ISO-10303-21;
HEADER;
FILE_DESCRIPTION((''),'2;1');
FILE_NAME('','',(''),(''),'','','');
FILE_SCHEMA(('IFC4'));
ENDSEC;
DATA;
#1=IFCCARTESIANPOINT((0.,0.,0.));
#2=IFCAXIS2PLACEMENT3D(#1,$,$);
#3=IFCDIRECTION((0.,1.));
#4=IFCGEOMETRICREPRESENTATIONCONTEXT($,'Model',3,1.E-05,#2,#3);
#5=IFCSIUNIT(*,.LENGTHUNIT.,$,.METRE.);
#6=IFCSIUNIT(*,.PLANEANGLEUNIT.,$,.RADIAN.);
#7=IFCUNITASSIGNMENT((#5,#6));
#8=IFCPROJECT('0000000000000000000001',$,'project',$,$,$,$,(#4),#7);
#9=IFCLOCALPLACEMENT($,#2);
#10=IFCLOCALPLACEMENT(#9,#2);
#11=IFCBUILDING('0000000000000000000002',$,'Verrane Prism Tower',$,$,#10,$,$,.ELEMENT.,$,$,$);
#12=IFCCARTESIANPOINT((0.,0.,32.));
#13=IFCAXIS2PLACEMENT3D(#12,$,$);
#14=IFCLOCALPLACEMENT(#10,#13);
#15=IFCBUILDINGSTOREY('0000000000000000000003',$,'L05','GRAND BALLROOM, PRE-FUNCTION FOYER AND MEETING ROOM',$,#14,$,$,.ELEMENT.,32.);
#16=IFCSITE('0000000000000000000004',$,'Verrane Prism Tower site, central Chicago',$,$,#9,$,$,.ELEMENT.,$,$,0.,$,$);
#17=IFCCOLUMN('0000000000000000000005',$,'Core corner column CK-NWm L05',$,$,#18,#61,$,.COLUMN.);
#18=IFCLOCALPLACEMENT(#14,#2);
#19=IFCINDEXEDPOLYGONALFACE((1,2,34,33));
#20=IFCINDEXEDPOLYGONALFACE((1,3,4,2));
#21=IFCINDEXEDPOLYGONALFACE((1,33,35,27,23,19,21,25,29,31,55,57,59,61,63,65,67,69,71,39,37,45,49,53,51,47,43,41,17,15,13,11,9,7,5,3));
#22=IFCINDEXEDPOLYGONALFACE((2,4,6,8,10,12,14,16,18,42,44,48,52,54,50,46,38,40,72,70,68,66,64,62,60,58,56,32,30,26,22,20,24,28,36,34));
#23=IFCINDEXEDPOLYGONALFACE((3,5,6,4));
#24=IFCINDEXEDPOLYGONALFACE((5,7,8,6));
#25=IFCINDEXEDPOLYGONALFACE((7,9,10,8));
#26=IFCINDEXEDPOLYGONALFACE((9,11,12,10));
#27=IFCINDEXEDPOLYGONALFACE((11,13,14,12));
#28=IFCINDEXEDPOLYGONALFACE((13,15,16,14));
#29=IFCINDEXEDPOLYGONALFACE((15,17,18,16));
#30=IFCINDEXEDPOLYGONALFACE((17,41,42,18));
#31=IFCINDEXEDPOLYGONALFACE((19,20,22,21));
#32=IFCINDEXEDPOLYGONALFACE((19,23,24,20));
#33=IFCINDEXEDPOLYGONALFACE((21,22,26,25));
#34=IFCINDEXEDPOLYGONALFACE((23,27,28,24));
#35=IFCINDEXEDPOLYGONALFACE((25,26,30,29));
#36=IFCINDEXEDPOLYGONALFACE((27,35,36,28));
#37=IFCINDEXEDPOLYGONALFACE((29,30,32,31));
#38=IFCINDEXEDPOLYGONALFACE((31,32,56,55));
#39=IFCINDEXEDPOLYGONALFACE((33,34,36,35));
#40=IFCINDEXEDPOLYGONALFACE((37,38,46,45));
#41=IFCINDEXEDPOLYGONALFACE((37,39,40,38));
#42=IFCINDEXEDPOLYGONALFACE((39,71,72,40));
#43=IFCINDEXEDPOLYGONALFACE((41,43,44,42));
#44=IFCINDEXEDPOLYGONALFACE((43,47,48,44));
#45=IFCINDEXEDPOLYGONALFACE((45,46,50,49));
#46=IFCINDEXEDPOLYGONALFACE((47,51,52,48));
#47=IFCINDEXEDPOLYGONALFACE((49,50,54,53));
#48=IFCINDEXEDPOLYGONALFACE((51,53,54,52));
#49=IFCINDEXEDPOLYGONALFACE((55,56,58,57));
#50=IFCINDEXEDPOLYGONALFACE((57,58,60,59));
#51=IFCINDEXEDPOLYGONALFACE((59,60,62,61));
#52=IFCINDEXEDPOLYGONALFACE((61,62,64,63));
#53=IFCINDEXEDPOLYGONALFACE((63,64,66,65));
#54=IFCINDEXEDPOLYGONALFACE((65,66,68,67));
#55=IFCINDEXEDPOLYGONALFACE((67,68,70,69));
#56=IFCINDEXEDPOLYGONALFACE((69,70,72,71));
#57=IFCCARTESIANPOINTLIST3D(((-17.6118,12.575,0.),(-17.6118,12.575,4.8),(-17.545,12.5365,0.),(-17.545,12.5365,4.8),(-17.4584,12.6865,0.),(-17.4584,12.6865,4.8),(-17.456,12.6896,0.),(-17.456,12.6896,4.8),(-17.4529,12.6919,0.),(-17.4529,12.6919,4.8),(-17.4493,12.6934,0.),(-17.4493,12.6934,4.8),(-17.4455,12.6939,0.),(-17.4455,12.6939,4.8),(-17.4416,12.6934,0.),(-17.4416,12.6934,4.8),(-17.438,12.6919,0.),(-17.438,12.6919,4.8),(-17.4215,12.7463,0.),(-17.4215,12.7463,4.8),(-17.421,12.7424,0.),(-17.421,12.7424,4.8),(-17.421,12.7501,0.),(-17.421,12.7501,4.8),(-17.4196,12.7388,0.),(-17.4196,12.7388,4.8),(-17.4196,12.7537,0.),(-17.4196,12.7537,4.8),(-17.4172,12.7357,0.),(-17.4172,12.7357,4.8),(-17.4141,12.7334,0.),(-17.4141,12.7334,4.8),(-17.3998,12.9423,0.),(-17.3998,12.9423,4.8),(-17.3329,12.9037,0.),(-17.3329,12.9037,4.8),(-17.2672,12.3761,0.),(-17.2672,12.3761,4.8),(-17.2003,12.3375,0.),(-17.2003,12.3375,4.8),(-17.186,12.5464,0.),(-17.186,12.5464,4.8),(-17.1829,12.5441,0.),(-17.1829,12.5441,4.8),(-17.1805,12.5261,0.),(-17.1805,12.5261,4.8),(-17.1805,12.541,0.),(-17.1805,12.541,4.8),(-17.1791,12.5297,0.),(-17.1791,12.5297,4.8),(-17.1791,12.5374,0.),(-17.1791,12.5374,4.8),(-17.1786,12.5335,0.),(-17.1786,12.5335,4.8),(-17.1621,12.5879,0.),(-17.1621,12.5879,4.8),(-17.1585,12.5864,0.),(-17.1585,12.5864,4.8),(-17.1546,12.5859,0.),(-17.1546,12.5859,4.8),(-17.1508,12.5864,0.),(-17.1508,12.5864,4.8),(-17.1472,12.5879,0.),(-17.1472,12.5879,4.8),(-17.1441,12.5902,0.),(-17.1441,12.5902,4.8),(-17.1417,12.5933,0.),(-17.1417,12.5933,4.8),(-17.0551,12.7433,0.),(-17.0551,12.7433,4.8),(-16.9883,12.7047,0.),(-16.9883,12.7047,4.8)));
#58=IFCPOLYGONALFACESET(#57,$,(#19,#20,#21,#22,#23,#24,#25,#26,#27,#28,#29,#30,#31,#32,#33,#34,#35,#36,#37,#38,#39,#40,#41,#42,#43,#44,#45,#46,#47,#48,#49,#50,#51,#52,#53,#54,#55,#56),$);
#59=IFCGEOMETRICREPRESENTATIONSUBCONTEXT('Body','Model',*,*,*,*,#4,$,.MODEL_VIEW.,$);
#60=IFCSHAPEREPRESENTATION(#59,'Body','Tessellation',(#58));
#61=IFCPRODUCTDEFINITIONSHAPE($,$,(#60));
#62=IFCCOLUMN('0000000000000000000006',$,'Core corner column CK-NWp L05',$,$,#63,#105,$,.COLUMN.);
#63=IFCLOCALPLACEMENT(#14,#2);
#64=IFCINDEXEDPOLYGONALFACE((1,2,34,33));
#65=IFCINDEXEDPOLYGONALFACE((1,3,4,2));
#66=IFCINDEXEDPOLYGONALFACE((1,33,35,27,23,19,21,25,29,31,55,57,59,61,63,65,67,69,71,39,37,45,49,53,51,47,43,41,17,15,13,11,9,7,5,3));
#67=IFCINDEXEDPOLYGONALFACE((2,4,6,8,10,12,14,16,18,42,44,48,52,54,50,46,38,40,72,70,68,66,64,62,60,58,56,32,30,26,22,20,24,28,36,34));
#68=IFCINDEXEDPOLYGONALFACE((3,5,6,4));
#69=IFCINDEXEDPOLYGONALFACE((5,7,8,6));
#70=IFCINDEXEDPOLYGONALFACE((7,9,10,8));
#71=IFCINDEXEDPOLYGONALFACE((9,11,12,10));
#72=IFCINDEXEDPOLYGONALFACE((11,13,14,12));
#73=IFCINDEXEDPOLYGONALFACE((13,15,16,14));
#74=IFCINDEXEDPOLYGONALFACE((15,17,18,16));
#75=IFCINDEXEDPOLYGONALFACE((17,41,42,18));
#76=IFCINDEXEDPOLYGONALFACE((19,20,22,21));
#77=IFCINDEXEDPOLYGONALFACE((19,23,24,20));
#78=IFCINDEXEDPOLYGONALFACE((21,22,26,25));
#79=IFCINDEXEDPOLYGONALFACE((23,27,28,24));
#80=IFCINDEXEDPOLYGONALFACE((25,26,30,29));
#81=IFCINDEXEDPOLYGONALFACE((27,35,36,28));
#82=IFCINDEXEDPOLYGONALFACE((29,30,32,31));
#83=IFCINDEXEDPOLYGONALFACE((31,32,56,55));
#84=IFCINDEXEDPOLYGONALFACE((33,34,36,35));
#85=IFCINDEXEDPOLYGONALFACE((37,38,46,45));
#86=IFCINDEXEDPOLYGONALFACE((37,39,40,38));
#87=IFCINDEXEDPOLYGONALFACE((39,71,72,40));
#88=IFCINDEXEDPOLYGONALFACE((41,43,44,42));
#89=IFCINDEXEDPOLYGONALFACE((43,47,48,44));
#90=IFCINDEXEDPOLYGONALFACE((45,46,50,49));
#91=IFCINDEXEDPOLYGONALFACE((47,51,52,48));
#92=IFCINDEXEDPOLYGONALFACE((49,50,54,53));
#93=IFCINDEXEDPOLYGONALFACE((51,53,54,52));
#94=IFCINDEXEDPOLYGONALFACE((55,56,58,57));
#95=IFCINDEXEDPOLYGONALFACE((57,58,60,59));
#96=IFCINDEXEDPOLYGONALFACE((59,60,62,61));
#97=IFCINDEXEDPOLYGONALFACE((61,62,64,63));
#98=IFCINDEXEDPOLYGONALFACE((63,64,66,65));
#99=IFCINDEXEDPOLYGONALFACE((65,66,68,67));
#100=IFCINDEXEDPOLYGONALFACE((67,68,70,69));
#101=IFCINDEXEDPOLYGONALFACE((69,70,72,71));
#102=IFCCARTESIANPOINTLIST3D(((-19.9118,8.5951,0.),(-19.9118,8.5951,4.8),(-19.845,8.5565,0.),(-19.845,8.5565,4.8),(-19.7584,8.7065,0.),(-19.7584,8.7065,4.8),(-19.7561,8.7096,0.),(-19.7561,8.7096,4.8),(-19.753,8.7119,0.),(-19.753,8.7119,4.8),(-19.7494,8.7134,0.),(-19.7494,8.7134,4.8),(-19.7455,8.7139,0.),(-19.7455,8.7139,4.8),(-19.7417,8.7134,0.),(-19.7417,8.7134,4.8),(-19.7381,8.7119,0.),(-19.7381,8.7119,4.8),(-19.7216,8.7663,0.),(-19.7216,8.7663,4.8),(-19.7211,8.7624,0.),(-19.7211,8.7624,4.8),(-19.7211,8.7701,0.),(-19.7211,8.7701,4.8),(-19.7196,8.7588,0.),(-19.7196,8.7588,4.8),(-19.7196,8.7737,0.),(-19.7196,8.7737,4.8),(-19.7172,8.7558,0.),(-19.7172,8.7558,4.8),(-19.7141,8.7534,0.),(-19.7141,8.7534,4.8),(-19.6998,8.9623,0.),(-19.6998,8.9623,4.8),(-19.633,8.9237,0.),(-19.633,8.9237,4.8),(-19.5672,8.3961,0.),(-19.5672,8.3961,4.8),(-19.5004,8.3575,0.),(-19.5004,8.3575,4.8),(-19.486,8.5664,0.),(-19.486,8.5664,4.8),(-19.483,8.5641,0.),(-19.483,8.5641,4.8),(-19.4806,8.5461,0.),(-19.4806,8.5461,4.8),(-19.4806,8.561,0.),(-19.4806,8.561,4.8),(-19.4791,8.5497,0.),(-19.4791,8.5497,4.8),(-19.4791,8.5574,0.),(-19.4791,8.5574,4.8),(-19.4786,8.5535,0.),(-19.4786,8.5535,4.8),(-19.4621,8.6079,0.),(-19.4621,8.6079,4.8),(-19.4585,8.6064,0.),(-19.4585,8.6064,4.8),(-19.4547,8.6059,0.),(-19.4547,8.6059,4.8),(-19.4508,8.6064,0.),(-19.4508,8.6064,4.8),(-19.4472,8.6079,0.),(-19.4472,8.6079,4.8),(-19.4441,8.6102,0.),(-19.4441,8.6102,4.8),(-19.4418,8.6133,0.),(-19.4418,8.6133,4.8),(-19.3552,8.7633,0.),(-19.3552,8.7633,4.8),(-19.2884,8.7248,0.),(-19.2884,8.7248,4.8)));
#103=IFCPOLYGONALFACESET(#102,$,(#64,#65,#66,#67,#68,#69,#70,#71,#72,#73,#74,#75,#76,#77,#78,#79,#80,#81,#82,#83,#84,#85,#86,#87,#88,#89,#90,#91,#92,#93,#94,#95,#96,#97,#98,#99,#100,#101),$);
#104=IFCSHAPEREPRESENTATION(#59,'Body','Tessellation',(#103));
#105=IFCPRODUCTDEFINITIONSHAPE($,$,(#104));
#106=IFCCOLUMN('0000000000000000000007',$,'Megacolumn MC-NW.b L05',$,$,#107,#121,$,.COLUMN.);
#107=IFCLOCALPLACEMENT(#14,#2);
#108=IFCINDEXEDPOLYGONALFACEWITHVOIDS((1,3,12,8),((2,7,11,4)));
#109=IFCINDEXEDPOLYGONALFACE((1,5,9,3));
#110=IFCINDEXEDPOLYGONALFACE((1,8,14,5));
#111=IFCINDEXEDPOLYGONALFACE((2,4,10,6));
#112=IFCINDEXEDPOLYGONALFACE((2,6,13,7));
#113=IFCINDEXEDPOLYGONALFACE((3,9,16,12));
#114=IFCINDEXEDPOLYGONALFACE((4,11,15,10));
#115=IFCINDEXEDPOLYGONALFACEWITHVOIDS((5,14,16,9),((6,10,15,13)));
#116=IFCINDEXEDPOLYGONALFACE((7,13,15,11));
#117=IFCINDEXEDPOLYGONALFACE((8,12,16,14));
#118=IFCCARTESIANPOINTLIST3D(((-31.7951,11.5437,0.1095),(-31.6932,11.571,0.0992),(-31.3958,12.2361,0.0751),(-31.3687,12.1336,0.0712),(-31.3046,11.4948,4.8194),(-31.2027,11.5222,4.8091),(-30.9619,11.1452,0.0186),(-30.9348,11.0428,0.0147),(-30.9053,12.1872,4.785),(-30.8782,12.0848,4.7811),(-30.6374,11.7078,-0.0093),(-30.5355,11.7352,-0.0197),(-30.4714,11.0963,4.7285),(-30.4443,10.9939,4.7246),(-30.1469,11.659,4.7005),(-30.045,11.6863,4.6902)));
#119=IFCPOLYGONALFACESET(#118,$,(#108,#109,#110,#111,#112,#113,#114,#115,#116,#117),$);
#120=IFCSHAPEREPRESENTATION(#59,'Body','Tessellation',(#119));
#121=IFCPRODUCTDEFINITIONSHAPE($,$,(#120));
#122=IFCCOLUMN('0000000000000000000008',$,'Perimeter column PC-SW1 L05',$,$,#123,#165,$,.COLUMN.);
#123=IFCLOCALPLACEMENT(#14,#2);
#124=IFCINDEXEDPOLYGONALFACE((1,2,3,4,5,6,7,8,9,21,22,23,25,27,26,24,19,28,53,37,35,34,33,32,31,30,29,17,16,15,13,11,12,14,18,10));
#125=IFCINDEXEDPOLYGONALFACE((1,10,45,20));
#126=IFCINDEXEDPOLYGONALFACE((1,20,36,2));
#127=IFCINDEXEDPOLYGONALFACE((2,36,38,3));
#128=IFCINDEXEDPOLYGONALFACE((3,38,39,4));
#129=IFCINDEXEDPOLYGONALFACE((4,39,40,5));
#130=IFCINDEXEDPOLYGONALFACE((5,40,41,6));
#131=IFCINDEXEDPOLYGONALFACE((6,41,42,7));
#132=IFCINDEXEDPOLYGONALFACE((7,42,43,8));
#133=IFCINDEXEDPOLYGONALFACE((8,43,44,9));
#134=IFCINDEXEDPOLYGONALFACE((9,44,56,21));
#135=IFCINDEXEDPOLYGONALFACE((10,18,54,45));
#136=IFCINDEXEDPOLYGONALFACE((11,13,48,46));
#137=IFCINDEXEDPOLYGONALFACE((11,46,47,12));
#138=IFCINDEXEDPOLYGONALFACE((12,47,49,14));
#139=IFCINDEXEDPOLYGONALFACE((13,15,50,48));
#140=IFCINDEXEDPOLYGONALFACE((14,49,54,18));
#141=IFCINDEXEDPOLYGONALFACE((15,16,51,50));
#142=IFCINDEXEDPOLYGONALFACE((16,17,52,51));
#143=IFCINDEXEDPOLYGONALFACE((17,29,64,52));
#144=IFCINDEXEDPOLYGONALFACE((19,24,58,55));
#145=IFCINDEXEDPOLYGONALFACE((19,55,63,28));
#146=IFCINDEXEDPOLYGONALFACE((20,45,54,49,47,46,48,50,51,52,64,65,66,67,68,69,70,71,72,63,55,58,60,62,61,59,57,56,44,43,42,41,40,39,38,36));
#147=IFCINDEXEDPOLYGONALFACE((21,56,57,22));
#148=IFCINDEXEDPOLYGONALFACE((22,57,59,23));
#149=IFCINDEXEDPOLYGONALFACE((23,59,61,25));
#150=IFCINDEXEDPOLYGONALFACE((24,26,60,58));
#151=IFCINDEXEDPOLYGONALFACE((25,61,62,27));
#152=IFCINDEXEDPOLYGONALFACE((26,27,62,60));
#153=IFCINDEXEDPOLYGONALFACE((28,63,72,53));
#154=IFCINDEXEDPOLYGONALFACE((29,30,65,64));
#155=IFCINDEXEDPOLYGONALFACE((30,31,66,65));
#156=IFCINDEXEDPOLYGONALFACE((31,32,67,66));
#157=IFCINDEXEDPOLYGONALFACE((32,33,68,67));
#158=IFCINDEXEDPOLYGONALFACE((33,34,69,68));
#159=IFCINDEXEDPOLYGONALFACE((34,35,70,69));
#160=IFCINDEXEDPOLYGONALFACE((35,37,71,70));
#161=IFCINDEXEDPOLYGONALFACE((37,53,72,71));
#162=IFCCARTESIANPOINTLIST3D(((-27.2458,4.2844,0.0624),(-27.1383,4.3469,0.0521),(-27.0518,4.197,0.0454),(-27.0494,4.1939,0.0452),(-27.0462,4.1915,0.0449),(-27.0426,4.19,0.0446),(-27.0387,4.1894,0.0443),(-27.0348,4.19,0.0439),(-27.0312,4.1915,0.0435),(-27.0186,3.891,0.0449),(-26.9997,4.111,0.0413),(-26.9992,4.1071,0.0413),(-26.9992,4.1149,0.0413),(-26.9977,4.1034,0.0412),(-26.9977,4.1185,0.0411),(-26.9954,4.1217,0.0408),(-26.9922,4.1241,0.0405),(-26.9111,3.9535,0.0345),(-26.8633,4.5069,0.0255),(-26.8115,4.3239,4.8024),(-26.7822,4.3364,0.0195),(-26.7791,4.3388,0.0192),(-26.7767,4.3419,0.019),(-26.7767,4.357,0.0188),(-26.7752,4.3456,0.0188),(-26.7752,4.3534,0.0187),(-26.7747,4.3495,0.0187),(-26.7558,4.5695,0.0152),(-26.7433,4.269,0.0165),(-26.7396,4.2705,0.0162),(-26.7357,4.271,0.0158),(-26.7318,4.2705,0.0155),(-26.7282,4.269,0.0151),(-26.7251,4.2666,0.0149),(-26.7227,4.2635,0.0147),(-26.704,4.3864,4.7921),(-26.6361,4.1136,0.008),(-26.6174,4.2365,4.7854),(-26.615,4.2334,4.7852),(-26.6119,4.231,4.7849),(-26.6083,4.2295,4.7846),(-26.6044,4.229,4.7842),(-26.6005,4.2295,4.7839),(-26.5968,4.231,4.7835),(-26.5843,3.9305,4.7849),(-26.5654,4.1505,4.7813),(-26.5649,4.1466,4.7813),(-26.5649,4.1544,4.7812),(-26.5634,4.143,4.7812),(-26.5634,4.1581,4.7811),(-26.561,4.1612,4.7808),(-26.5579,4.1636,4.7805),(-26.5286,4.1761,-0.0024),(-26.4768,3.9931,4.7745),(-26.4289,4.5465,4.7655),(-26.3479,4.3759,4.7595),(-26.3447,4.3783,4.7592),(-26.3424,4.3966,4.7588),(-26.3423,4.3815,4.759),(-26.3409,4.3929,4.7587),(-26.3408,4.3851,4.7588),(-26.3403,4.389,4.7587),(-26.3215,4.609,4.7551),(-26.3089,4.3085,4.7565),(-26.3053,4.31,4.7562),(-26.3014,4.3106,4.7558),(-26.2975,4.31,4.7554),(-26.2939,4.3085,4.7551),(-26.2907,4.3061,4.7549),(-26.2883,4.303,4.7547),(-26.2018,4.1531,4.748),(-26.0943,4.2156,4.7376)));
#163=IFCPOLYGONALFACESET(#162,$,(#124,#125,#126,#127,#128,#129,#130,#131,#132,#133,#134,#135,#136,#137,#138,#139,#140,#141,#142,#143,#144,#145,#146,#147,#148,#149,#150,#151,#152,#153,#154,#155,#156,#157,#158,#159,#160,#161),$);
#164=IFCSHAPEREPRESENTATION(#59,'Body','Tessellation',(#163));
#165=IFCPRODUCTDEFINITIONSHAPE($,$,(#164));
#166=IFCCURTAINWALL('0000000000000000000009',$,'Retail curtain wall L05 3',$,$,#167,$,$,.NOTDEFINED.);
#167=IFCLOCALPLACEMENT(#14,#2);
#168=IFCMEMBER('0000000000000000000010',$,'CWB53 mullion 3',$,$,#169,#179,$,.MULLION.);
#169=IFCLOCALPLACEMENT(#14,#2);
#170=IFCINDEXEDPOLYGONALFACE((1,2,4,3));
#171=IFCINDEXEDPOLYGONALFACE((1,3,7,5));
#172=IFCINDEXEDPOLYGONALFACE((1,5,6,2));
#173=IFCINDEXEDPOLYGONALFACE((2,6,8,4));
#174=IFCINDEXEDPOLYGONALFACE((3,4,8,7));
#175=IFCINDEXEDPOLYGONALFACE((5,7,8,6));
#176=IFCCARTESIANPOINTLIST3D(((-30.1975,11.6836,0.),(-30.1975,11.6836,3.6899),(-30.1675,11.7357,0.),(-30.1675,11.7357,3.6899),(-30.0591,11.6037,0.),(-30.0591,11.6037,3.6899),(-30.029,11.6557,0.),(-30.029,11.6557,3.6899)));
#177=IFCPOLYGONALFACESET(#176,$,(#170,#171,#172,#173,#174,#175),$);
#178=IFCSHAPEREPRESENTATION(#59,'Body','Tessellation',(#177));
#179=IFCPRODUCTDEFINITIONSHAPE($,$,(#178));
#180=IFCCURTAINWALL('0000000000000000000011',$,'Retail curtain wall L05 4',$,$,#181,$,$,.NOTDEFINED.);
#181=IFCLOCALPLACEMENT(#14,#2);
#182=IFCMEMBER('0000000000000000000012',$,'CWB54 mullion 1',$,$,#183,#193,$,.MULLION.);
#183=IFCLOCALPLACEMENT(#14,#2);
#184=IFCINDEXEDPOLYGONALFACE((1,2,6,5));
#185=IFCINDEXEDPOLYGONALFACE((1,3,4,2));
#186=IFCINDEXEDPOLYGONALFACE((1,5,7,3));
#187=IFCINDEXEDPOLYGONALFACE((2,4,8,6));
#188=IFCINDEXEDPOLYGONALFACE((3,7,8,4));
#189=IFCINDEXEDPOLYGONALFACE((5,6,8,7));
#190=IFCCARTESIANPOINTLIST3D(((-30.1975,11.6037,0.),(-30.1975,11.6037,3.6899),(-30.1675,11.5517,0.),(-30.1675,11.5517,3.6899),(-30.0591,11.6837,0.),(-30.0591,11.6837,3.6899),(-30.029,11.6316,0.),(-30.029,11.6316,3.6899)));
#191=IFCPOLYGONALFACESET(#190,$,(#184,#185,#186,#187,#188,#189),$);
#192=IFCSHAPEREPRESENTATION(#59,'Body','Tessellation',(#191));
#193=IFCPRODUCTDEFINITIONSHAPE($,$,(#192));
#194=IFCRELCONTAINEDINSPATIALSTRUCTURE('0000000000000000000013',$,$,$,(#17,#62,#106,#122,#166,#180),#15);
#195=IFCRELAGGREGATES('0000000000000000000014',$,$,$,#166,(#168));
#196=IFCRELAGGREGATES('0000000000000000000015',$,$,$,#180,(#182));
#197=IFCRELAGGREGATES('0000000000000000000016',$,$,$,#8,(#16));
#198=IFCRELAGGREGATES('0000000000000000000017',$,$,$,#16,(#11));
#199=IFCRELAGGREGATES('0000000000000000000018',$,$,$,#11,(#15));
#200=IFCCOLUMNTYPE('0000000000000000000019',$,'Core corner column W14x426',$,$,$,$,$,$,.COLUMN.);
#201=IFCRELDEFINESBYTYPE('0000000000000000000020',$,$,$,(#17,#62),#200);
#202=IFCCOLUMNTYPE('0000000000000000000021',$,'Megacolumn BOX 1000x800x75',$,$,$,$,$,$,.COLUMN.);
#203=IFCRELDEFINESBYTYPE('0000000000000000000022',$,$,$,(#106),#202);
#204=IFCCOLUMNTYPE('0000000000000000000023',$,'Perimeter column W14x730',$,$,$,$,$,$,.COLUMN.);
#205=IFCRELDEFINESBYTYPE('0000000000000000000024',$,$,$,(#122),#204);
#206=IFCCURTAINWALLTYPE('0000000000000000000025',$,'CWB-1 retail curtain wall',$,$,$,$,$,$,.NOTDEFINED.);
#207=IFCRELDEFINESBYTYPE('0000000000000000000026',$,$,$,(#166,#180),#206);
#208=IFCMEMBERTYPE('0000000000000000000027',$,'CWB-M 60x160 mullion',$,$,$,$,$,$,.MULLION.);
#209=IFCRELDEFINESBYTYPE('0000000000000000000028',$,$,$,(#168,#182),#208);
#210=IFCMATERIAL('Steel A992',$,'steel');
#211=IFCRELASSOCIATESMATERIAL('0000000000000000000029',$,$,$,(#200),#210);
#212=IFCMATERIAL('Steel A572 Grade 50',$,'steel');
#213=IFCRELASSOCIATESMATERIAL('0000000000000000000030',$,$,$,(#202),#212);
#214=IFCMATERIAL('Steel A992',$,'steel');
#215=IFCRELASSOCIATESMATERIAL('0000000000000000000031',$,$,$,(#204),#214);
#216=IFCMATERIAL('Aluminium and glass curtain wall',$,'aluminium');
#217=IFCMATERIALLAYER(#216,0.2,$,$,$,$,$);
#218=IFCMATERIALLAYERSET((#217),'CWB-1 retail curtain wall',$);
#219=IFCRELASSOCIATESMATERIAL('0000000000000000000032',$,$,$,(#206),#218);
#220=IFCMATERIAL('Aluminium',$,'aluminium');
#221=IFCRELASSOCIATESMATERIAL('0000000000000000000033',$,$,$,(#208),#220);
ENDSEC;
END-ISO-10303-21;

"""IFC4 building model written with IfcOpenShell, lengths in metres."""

from ifc_helpers import new_model, si_unit, direction, frame, origin, origin_2d, place, context, subcontext, project, spatial, rectangle, hollow_rectangle, i_section, extrude, material, layer, layer_set, material_profile, profile_set, type_object, element, aggregate, save


model = new_model("IFC4")

# Units and contexts
model_context = context("Model", 3, precision=1e-05, world=origin(), true_north=direction((0.0, 1.0)))
body_context = subcontext(model_context, "Body", "Model", "MODEL_VIEW")
ifc_project = project(units=[si_unit("LENGTHUNIT", "METRE"), si_unit("PLANEANGLEUNIT", "RADIAN")], contexts=[model_context])

# Site, building, storey
site_placement = place(None, origin())
site = spatial("IfcSite", under=ifc_project, at=site_placement, Name="Verrane Prism Tower site, central Chicago", CompositionType="ELEMENT", RefElevation=0.0)
building_placement = place(site_placement, origin())
building = spatial("IfcBuilding", under=site, at=building_placement, Name="Verrane Prism Tower", CompositionType="ELEMENT")
storey_placement = place(building_placement, frame((0.0, 0.0, 32.0)))
storey = spatial("IfcBuildingStorey", under=building, at=storey_placement, Name="L05", Description="GRAND BALLROOM, PRE-FUNCTION FOYER AND MEETING ROOM", CompositionType="ELEMENT", Elevation=32.0)

# Columns
ifc_material_1 = material(Name="Steel A992", Category="steel")
ifc_material_profile_1 = material_profile(ifc_material_1, i_section(OverallWidth=0.4241, OverallDepth=0.4751, WebThickness=0.0479, FlangeThickness=0.0771, FilletRadius=0.0149, at=origin_2d()), Name="W14x426")
ifc_profile_set_1 = profile_set([ifc_material_profile_1], Name="Steel A992")
column_type_1 = type_object("IfcColumnType", Name="Core corner column W14x426", PredefinedType="COLUMN", material=ifc_profile_set_1)
for number, where, z_axis, x_axis, name in (
    (1, (-17.3, 12.6399, 0.0), (0.0, 0.0, 1.0), (0.5, 0.866025, 0.0), "Core corner column CK-NWm L05"),
    (2, (-19.6001, 8.6599, 0.0), (0.0, 0.0, 1.0), (0.5, 0.866025, 0.0), "Core corner column CK-NWp L05"),
):
    element("IfcColumn", number, at=place(storey_placement, frame(where, z_axis=z_axis, x_axis=x_axis)), inside=storey, type_object=column_type_1, Name=name, PredefinedType="COLUMN", context=body_context, shape_type="SweptSolid", body=[
        extrude(i_section(OverallWidth=0.4241, OverallDepth=0.4751, WebThickness=0.0479, FlangeThickness=0.0771, FilletRadius=0.0149, at=origin_2d()), origin(), (0.0, 0.0, 1.0), 4.8),
    ])
ifc_material_2 = material(Name="Steel A572 Grade 50", Category="steel")
ifc_material_profile_2 = material_profile(ifc_material_2, hollow_rectangle(XDim=0.8, YDim=1.0, WallThickness=0.075, at=origin_2d()), Name="BOX 1000x800x75")
ifc_profile_set_2 = profile_set([ifc_material_profile_2], Name="Steel A572 Grade 50")
column_type_2 = type_object("IfcColumnType", Name="Megacolumn BOX 1000x800x75", PredefinedType="COLUMN", material=ifc_profile_set_2)
column_1_placement = place(storey_placement, frame((-31.1653, 11.6394, 0.0449), z_axis=(0.103571, -0.010311, 0.994569), x_axis=(0.499155, 0.865445, -0.043008)))
element("IfcColumn", 3, at=column_1_placement, inside=storey, type_object=column_type_2, Name="Megacolumn MC-NW.b L05", PredefinedType="COLUMN", context=body_context, shape_type="SweptSolid", body=[
    extrude(hollow_rectangle(XDim=0.8, YDim=1.0, WallThickness=0.075, at=origin_2d()), origin(), (0.0, 0.0, 1.0), 4.7356),
])
ifc_material_3 = material(Name="Steel A992", Category="steel")
ifc_material_profile_3 = material_profile(ifc_material_3, i_section(OverallWidth=0.4546, OverallDepth=0.5688, WebThickness=0.0779, FlangeThickness=0.1248, FilletRadius=0.0151, at=origin_2d()), Name="W14x730")
ifc_profile_set_3 = profile_set([ifc_material_profile_3], Name="Steel A992")
column_type_3 = type_object("IfcColumnType", Name="Perimeter column W14x730", PredefinedType="COLUMN", material=ifc_profile_set_3)
column_2_placement = place(storey_placement, frame((-26.8872, 4.2302, 0.03), z_axis=(0.091245, 0.008309, 0.995794), x_axis=(-0.49976, 0.865305, 0.038573)))
element("IfcColumn", 4, at=column_2_placement, inside=storey, type_object=column_type_3, Name="Perimeter column PC-SW1 L05", PredefinedType="COLUMN", context=body_context, shape_type="SweptSolid", body=[
    extrude(i_section(OverallWidth=0.4546, OverallDepth=0.5688, WebThickness=0.0779, FlangeThickness=0.1248, FilletRadius=0.0151, at=origin_2d()), origin(), (0.0, 0.0, 1.0), 4.76),
])

# Curtain wall, member
ifc_material_4 = material(Name="Aluminium and glass curtain wall", Category="aluminium")
ifc_layer_1 = layer(ifc_material_4, 0.2)
ifc_layer_set_1 = layer_set([ifc_layer_1], Name="CWB-1 retail curtain wall")
curtain_wall_type = type_object("IfcCurtainWallType", Name="CWB-1 retail curtain wall", PredefinedType="NOTDEFINED", material=ifc_layer_set_1)
curtain_wall_1_placement = place(storey_placement, origin())
curtain_wall_1 = element("IfcCurtainWall", 5, at=curtain_wall_1_placement, inside=storey, type_object=curtain_wall_type, Name="Retail curtain wall L05 3", PredefinedType="NOTDEFINED")
ifc_material_5 = material(Name="Aluminium", Category="aluminium")
ifc_material_profile_4 = material_profile(ifc_material_5, rectangle(XDim=0.1599, YDim=0.0601, at=origin_2d()), Name="CWB-M 60x160 mullion")
ifc_profile_set_4 = profile_set([ifc_material_profile_4], Name="Aluminium")
member_type_1 = type_object("IfcMemberType", Name="CWB-M 60x160 mullion", PredefinedType="MULLION", material=ifc_profile_set_4)
member_1_placement = place(storey_placement, frame((-30.1133, 11.6697, 0.0), z_axis=(0.0, 0.0, 1.0), x_axis=(0.866026, -0.499999, 0.0)))
member_1 = element("IfcMember", 6, at=member_1_placement, type_object=member_type_1, Name="CWB53 mullion 3", PredefinedType="MULLION", context=body_context, shape_type="SweptSolid", body=[
    extrude(rectangle(XDim=0.1599, YDim=0.0601, at=origin_2d()), origin(), (0.0, 0.0, 1.0), 3.6899),
])
aggregate(curtain_wall_1, [member_1])

# Curtain wall, member
curtain_wall_2_placement = place(storey_placement, origin())
curtain_wall_2 = element("IfcCurtainWall", 7, at=curtain_wall_2_placement, inside=storey, type_object=curtain_wall_type, Name="Retail curtain wall L05 4", PredefinedType="NOTDEFINED")
member_2_placement = place(storey_placement, frame((-30.1133, 11.6177, 0.0), z_axis=(0.0, 0.0, 1.0), x_axis=(0.866025, 0.5, 0.0)))
member_2 = element("IfcMember", 8, at=member_2_placement, type_object=member_type_1, Name="CWB54 mullion 1", PredefinedType="MULLION", context=body_context, shape_type="SweptSolid", body=[
    extrude(rectangle(XDim=0.1599, YDim=0.0601, at=origin_2d()), origin(), (0.0, 0.0, 1.0), 3.6899),
])

aggregate(curtain_wall_2, [member_2])

save(model, "model.ifc")
